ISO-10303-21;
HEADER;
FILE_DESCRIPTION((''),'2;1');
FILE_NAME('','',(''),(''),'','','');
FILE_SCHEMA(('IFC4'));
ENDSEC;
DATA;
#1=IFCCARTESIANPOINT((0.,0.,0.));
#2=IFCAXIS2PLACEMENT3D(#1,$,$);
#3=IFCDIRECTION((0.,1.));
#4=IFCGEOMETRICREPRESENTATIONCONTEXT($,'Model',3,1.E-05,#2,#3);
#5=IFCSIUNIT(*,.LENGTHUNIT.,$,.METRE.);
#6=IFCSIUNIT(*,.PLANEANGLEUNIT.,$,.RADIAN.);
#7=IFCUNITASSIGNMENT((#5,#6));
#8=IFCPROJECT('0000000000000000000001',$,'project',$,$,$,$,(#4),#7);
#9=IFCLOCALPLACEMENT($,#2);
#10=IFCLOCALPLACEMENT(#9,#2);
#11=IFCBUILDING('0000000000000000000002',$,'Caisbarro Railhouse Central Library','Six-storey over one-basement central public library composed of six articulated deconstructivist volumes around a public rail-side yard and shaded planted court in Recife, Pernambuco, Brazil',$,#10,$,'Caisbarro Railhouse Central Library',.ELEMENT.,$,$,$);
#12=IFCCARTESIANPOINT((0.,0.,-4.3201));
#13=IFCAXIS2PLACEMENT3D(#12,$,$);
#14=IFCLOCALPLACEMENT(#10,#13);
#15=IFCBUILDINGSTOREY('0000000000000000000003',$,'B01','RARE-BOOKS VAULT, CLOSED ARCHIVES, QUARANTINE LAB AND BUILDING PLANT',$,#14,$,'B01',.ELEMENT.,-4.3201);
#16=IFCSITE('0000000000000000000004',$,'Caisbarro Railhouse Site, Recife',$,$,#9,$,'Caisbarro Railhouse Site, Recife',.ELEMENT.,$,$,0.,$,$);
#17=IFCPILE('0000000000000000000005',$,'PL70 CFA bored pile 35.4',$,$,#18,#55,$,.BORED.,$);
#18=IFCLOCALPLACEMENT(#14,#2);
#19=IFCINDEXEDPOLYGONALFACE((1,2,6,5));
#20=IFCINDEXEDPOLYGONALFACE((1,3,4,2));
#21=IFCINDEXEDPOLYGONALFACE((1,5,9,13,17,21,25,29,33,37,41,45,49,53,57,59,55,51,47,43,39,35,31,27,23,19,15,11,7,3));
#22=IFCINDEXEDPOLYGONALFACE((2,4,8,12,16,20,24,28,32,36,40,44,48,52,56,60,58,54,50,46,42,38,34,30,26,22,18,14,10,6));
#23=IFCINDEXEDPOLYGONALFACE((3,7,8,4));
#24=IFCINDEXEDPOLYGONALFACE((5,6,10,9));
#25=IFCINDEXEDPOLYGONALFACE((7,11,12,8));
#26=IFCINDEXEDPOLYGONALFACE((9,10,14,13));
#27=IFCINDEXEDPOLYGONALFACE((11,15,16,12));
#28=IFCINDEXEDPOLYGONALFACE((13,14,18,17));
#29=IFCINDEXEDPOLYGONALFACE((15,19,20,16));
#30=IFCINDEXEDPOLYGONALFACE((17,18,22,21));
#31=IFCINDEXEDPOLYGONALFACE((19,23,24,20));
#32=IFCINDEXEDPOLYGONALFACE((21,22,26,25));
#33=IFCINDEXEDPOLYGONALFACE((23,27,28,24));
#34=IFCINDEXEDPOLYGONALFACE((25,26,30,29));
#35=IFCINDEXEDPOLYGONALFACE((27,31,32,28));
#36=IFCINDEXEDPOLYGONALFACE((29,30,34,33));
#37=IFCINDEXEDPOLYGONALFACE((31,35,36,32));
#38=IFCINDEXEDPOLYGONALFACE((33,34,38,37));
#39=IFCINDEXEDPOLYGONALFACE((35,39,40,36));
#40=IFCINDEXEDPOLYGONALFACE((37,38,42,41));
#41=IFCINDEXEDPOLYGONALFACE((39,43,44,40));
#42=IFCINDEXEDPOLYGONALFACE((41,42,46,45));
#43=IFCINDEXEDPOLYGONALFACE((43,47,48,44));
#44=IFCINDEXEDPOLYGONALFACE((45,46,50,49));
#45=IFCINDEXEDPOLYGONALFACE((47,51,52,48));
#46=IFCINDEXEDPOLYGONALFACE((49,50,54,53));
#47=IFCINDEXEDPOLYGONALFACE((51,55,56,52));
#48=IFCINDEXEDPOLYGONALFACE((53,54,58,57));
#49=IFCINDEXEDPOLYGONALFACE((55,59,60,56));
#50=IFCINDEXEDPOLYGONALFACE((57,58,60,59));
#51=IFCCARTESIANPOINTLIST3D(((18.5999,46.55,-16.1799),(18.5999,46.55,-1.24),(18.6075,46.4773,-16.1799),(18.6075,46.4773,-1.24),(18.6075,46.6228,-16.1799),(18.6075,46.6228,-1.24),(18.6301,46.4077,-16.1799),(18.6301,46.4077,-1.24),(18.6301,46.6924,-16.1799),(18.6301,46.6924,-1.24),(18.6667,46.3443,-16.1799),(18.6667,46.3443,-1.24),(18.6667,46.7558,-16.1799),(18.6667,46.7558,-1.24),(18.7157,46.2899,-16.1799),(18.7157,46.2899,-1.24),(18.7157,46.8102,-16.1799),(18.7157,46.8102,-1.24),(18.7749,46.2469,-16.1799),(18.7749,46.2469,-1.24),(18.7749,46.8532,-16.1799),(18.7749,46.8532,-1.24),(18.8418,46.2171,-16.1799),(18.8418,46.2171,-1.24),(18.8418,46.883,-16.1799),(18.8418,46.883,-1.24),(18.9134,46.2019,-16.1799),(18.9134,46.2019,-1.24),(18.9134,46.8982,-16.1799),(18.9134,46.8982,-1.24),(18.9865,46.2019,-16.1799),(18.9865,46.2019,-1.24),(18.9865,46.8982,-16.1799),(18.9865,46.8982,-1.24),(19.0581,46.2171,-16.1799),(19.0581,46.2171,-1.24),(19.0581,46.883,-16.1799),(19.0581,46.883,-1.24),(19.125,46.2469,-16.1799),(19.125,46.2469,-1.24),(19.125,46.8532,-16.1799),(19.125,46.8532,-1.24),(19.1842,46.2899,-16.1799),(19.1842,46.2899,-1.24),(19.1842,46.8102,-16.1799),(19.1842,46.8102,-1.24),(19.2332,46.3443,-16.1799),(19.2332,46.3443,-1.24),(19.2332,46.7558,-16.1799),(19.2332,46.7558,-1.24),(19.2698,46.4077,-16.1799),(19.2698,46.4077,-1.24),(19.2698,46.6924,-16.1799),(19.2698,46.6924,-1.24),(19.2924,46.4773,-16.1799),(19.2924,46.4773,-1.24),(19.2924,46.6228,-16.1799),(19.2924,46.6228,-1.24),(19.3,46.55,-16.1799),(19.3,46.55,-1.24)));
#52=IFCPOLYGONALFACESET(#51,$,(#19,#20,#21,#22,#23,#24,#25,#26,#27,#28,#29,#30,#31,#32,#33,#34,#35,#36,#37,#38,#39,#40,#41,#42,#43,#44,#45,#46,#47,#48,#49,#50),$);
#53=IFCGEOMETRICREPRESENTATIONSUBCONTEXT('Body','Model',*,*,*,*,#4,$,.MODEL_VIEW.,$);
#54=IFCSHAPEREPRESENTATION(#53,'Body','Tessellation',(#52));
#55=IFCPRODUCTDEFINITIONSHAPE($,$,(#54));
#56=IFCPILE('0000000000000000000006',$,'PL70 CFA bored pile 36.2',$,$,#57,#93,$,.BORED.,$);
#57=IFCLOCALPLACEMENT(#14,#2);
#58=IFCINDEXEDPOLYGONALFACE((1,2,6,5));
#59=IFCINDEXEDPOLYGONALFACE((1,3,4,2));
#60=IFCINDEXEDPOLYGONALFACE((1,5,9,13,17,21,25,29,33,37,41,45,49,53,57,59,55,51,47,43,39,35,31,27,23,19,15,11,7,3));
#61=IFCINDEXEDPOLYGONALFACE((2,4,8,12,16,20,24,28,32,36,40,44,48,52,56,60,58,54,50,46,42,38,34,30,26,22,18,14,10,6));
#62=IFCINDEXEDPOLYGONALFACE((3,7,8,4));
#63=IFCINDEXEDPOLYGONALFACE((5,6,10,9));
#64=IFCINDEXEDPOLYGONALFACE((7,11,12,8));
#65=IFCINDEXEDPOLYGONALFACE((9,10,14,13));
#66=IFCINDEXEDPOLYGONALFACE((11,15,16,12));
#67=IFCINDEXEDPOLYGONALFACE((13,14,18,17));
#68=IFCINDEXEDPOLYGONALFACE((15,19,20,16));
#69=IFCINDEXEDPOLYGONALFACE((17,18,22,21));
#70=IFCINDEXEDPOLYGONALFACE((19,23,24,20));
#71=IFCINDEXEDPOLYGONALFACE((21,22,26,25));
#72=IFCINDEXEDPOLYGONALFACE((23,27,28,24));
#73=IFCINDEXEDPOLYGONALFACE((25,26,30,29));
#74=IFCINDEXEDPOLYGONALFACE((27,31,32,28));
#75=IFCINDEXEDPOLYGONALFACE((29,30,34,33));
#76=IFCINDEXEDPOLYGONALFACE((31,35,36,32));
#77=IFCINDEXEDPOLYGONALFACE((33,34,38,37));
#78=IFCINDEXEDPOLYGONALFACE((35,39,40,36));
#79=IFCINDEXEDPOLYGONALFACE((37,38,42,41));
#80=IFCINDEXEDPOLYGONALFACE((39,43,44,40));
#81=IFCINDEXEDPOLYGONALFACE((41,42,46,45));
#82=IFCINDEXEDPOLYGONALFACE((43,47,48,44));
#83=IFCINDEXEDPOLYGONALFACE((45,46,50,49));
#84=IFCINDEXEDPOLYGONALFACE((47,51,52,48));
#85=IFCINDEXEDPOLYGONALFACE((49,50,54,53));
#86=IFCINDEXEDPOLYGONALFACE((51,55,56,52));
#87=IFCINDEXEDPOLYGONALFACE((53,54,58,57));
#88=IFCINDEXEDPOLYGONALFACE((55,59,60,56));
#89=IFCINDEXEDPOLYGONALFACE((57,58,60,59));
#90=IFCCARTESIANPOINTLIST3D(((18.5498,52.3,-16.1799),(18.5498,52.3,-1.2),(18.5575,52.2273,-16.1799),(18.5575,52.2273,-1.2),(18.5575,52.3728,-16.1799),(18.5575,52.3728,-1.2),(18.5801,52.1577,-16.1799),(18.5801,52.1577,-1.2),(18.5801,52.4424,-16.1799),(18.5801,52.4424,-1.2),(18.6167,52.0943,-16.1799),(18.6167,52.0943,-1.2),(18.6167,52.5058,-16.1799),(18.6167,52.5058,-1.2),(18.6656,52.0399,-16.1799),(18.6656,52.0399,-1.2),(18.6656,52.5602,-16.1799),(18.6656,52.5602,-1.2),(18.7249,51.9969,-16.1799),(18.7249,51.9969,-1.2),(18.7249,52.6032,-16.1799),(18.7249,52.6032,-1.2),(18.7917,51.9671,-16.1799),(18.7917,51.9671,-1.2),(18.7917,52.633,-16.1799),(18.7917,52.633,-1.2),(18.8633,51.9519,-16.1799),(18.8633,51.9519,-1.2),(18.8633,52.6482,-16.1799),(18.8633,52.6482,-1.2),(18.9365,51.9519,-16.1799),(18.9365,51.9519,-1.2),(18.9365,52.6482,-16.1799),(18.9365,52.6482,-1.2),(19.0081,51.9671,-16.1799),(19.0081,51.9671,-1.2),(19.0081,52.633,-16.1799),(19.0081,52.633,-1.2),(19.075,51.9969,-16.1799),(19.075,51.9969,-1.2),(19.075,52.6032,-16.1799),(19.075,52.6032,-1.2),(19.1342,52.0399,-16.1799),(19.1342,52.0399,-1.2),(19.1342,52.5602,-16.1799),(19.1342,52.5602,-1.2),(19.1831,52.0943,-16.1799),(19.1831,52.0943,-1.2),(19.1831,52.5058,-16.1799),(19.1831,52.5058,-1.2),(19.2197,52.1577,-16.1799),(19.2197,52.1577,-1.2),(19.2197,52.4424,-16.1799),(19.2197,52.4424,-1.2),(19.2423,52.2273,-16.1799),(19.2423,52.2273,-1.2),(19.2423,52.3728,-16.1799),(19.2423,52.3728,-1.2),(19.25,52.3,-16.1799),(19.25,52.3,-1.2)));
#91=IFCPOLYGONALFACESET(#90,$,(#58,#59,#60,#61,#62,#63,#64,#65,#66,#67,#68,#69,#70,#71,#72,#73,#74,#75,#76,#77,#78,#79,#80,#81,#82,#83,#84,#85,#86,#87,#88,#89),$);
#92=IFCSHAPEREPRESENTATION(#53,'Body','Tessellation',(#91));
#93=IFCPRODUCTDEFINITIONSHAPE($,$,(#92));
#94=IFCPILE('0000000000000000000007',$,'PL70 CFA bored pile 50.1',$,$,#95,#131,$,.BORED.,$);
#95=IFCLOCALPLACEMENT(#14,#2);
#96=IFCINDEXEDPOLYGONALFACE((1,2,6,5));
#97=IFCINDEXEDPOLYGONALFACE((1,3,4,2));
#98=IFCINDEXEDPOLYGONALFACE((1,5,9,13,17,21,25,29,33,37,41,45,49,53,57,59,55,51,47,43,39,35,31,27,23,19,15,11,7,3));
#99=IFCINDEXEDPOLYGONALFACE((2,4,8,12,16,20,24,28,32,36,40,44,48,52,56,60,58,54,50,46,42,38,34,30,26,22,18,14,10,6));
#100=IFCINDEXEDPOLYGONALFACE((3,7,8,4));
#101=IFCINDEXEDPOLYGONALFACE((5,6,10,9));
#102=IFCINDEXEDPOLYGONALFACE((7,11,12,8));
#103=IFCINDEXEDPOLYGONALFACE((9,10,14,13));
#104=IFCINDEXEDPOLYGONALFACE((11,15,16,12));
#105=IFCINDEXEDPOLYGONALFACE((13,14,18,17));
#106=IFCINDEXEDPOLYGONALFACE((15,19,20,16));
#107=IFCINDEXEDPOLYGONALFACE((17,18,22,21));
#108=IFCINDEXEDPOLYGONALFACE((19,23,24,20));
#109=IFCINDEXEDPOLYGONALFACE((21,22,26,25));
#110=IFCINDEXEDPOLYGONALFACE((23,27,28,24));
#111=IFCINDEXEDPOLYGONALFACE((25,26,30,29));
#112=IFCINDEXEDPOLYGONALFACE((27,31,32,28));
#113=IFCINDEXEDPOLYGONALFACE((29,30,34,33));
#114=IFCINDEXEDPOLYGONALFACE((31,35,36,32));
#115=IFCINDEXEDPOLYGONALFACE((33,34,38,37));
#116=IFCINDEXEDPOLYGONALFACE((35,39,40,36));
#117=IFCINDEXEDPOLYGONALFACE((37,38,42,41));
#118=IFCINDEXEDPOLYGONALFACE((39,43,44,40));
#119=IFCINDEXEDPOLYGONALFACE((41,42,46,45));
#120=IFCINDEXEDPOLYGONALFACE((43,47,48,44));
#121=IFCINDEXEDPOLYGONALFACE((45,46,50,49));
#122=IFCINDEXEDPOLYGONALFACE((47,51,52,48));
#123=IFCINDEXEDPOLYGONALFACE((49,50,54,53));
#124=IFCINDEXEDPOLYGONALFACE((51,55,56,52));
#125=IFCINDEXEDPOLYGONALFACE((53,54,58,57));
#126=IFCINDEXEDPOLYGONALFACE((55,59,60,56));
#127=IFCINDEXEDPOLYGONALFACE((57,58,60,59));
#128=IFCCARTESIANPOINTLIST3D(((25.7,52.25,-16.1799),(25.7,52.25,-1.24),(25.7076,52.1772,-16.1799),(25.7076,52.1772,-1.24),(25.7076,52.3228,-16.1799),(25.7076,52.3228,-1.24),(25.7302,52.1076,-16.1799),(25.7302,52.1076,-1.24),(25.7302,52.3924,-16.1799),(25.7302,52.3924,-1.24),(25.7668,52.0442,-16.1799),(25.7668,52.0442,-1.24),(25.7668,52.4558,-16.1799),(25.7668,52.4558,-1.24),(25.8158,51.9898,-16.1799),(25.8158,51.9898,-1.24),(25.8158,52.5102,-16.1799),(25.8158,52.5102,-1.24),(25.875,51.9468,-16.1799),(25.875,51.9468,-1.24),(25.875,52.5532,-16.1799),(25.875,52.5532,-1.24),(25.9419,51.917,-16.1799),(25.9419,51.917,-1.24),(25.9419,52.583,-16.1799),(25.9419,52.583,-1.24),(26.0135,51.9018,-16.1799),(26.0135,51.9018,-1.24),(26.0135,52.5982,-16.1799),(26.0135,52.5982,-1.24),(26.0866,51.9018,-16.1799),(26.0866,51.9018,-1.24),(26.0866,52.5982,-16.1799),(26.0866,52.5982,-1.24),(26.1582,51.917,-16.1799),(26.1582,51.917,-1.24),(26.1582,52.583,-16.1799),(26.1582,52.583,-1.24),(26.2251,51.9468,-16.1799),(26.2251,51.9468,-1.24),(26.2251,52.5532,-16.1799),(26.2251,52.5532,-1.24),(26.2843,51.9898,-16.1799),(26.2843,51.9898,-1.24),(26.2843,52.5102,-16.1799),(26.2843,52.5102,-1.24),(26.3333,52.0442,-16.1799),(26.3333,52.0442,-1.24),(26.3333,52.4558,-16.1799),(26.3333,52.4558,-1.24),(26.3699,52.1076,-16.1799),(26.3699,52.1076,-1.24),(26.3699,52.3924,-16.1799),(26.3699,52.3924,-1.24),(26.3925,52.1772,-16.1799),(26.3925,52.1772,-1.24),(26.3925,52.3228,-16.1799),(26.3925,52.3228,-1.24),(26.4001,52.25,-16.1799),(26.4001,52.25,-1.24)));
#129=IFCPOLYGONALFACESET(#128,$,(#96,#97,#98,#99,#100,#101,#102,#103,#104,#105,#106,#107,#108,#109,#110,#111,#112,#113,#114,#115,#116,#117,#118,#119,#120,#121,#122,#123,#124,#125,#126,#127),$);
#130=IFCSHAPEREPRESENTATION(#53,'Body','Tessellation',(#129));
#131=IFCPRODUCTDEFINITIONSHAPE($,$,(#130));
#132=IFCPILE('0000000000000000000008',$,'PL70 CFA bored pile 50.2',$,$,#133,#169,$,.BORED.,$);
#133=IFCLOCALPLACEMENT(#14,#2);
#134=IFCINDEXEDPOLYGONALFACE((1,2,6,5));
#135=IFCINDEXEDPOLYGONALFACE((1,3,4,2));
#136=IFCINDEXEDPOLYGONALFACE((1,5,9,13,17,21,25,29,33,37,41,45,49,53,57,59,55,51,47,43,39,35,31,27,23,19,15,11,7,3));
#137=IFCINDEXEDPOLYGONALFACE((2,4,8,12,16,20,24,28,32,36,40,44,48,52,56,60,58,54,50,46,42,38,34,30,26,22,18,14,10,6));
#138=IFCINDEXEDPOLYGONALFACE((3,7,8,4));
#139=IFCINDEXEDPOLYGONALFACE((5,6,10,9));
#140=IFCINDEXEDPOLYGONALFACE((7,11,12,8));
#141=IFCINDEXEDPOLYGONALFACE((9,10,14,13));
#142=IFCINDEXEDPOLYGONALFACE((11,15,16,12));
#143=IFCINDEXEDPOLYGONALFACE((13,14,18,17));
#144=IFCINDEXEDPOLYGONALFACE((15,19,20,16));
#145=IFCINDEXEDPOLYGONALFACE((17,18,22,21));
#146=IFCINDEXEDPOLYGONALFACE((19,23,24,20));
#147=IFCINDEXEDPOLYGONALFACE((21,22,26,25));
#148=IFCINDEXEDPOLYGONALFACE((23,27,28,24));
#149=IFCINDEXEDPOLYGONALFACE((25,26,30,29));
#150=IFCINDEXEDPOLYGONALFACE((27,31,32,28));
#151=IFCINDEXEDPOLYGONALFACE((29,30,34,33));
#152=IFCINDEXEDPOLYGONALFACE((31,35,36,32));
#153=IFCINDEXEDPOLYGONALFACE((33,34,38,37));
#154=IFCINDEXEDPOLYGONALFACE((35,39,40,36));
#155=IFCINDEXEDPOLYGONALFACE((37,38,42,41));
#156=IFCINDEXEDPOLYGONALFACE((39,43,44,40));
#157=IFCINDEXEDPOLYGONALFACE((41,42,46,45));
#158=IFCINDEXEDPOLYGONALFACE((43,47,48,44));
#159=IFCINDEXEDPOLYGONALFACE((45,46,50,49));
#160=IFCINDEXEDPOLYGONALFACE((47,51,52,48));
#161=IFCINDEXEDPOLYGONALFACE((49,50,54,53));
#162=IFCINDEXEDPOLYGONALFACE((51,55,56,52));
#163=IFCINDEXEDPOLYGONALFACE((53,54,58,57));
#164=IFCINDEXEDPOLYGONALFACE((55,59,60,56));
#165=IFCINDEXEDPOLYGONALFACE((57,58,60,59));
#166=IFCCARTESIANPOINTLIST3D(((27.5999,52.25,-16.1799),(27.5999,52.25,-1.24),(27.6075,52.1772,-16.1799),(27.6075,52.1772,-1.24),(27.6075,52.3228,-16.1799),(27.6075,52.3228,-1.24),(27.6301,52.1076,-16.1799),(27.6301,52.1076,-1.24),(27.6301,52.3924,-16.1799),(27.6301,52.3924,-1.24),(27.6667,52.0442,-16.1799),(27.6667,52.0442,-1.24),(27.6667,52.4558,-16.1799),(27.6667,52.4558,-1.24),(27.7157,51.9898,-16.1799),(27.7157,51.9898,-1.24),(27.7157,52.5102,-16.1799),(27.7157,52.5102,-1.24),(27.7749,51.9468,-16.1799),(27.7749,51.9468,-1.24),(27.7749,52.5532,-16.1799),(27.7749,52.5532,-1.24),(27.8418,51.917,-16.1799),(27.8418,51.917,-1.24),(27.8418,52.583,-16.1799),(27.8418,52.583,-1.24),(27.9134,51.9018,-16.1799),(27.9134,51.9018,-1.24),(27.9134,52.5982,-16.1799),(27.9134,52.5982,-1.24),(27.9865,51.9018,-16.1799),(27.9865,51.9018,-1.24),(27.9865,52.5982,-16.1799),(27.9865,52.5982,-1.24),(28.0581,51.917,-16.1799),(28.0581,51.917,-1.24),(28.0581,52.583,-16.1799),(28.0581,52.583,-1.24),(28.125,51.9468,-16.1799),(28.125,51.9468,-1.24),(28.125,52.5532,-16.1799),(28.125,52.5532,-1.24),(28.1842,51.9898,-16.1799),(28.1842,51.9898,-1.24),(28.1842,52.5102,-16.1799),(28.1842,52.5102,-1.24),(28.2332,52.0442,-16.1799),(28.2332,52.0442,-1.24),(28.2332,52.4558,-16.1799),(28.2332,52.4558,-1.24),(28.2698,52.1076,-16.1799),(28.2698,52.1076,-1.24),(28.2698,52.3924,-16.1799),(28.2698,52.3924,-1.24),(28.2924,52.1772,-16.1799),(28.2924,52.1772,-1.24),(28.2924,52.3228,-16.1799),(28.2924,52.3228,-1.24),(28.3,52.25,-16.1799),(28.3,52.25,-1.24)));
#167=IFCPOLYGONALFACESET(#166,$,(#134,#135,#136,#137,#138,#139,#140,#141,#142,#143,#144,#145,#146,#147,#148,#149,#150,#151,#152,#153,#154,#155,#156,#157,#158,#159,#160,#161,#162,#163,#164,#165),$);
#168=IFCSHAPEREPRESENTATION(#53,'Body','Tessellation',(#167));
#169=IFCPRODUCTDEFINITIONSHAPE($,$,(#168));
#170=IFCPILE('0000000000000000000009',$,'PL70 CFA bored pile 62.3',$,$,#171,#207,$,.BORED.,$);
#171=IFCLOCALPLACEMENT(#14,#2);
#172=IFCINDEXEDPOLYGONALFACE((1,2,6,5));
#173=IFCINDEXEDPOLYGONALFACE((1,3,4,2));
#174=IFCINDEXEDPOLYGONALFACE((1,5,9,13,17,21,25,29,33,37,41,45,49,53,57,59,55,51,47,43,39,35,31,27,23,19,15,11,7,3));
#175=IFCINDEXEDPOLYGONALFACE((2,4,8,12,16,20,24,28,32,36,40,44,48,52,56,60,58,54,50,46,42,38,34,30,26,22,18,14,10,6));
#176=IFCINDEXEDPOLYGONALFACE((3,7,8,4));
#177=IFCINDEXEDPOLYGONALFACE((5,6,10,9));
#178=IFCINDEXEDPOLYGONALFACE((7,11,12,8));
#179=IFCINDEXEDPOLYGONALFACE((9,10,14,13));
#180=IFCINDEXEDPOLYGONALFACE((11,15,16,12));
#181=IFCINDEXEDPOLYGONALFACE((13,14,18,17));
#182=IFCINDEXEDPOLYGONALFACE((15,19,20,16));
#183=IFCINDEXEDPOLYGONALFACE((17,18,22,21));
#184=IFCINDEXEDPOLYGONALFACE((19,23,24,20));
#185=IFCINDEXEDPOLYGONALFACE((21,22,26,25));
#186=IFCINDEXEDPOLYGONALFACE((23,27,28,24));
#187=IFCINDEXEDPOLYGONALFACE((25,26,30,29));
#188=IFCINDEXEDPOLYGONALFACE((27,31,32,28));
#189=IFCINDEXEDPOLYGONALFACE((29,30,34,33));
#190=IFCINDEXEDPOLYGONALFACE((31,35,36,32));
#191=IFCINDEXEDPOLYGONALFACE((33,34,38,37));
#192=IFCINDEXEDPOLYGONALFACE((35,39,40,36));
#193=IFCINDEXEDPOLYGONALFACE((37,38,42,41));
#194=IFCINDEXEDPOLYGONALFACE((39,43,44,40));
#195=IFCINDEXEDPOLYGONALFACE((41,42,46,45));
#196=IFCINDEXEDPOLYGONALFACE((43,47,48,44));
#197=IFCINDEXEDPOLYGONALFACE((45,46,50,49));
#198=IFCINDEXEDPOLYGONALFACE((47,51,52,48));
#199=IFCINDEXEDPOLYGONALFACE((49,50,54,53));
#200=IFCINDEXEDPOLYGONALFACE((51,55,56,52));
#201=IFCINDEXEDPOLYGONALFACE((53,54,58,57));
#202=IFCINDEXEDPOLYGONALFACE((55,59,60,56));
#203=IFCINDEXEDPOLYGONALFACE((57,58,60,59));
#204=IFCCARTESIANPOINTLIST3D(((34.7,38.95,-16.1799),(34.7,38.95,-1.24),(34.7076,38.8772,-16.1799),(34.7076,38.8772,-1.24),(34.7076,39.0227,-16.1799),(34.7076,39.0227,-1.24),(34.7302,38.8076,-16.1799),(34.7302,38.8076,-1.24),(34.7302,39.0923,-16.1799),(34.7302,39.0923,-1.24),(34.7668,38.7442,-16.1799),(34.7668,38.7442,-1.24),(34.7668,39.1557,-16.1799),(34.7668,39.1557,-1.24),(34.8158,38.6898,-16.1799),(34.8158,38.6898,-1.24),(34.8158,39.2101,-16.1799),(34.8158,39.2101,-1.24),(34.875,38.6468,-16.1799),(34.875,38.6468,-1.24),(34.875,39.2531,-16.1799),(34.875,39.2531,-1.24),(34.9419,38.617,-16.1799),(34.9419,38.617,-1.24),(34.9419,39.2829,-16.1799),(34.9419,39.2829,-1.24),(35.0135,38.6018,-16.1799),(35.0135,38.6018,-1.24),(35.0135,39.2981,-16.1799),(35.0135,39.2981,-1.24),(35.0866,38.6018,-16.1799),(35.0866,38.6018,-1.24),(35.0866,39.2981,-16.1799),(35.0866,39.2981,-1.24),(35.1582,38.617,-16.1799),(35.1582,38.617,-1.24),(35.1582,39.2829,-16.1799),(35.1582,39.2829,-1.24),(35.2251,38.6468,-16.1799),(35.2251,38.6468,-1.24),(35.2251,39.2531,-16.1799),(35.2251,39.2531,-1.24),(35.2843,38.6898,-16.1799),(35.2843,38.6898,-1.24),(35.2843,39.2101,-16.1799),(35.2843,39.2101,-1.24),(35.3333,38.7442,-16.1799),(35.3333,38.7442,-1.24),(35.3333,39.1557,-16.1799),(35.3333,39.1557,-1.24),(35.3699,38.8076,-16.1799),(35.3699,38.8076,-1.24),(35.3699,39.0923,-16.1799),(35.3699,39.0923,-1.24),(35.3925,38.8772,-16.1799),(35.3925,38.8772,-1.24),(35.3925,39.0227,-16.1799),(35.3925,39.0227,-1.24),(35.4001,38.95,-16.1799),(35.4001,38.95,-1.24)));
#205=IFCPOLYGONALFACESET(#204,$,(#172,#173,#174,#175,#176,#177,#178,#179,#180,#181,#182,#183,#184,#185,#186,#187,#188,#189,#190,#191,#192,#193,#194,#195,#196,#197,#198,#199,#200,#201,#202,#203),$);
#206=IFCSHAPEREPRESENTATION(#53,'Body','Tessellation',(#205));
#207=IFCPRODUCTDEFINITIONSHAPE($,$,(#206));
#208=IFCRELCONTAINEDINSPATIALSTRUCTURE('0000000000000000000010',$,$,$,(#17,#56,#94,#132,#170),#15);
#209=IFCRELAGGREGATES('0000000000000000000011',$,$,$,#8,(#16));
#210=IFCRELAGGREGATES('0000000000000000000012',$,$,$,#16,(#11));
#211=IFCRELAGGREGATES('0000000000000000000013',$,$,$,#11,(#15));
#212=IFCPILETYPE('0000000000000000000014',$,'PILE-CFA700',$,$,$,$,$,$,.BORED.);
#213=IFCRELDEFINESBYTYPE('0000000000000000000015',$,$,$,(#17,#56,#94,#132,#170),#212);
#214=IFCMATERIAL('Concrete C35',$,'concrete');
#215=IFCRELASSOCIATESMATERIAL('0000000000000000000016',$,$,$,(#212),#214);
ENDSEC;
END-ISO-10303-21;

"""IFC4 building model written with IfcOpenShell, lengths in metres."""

from ifc_helpers import new_model, si_unit, direction, frame, origin, origin_2d, place, context, subcontext, project, spatial, circle, extrude, material, material_profile, profile_set, type_object, element, save


model = new_model("IFC4")

# Units and contexts
model_context = context("Model", 3, precision=1e-05, world=origin(), true_north=direction((0.0, 1.0)))
body_context = subcontext(model_context, "Body", "Model", "MODEL_VIEW")
ifc_project = project(units=[si_unit("LENGTHUNIT", "METRE"), si_unit("PLANEANGLEUNIT", "RADIAN")], contexts=[model_context])

# Site, building, storey
site_placement = place(None, origin())
site = spatial("IfcSite", under=ifc_project, at=site_placement, Name="Caisbarro Railhouse Site, Recife", LongName="Caisbarro Railhouse Site, Recife", CompositionType="ELEMENT", RefElevation=0.0)
building_placement = place(site_placement, origin())
building = spatial("IfcBuilding", under=site, at=building_placement, Name="Caisbarro Railhouse Central Library", Description="Six-storey over one-basement central public library composed of six articulated deconstructivist volumes around a public rail-side yard and shaded planted court in Recife, Pernambuco, Brazil", LongName="Caisbarro Railhouse Central Library", CompositionType="ELEMENT")
storey_placement = place(building_placement, frame((0.0, 0.0, -4.3201)))
storey = spatial("IfcBuildingStorey", under=building, at=storey_placement, Name="B01", Description="RARE-BOOKS VAULT, CLOSED ARCHIVES, QUARANTINE LAB AND BUILDING PLANT", LongName="B01", CompositionType="ELEMENT", Elevation=-4.3201)

# Shared definitions
ifc_material_1 = material(Name="Concrete C35", Category="concrete")

# Piles
ifc_material_profile_1 = material_profile(ifc_material_1, circle(Radius=0.3501, at=origin_2d()), Name="PILE-CFA-700")
ifc_profile_set_1 = profile_set([ifc_material_profile_1], Name="Concrete C35")
pile_type_1 = type_object("IfcPileType", Name="PILE-CFA700", PredefinedType="BORED", material=ifc_profile_set_1)
for number, where, z_axis, x_axis, name in (
    (1, (18.95, 46.55, -1.24), (0.0, 0.0, -1.0), (1.0, 0.0, 0.0), "PL70 CFA bored pile 35.4"),
):
    element("IfcPile", number, at=place(storey_placement, frame(where, z_axis=z_axis, x_axis=x_axis)), inside=storey, type_object=pile_type_1, Name=name, PredefinedType="BORED", context=body_context, shape_type="SweptSolid", body=[
        extrude(circle(Radius=0.3501, at=origin_2d()), origin(), (0.0, 0.0, 1.0), 14.9399),
    ])
pile_placement = place(storey_placement, frame((18.8999, 52.3, -1.2), z_axis=(0.0, 0.0, -1.0), x_axis=(1.0, 0.0, 0.0)))
element("IfcPile", 2, at=pile_placement, inside=storey, type_object=pile_type_1, Name="PL70 CFA bored pile 36.2", PredefinedType="BORED", context=body_context, shape_type="SweptSolid", body=[
    extrude(circle(Radius=0.3501, at=origin_2d()), origin(), (0.0, 0.0, 1.0), 14.98),
])
for number, where, z_axis, x_axis, name in (
    (3, (26.05, 52.25, -1.24), (0.0, 0.0, -1.0), (1.0, 0.0, 0.0), "PL70 CFA bored pile 50.1"),
    (4, (27.95, 52.25, -1.24), (0.0, 0.0, -1.0), (1.0, 0.0, 0.0), "PL70 CFA bored pile 50.2"),
    (5, (35.05, 38.95, -1.24), (0.0, 0.0, -1.0), (1.0, 0.0, 0.0), "PL70 CFA bored pile 62.3"),
):
    element("IfcPile", number, at=place(storey_placement, frame(where, z_axis=z_axis, x_axis=x_axis)), inside=storey, type_object=pile_type_1, Name=name, PredefinedType="BORED", context=body_context, shape_type="SweptSolid", body=[
        extrude(circle(Radius=0.3501, at=origin_2d()), origin(), (0.0, 0.0, 1.0), 14.9399),
    ])

save(model, "model.ifc")
